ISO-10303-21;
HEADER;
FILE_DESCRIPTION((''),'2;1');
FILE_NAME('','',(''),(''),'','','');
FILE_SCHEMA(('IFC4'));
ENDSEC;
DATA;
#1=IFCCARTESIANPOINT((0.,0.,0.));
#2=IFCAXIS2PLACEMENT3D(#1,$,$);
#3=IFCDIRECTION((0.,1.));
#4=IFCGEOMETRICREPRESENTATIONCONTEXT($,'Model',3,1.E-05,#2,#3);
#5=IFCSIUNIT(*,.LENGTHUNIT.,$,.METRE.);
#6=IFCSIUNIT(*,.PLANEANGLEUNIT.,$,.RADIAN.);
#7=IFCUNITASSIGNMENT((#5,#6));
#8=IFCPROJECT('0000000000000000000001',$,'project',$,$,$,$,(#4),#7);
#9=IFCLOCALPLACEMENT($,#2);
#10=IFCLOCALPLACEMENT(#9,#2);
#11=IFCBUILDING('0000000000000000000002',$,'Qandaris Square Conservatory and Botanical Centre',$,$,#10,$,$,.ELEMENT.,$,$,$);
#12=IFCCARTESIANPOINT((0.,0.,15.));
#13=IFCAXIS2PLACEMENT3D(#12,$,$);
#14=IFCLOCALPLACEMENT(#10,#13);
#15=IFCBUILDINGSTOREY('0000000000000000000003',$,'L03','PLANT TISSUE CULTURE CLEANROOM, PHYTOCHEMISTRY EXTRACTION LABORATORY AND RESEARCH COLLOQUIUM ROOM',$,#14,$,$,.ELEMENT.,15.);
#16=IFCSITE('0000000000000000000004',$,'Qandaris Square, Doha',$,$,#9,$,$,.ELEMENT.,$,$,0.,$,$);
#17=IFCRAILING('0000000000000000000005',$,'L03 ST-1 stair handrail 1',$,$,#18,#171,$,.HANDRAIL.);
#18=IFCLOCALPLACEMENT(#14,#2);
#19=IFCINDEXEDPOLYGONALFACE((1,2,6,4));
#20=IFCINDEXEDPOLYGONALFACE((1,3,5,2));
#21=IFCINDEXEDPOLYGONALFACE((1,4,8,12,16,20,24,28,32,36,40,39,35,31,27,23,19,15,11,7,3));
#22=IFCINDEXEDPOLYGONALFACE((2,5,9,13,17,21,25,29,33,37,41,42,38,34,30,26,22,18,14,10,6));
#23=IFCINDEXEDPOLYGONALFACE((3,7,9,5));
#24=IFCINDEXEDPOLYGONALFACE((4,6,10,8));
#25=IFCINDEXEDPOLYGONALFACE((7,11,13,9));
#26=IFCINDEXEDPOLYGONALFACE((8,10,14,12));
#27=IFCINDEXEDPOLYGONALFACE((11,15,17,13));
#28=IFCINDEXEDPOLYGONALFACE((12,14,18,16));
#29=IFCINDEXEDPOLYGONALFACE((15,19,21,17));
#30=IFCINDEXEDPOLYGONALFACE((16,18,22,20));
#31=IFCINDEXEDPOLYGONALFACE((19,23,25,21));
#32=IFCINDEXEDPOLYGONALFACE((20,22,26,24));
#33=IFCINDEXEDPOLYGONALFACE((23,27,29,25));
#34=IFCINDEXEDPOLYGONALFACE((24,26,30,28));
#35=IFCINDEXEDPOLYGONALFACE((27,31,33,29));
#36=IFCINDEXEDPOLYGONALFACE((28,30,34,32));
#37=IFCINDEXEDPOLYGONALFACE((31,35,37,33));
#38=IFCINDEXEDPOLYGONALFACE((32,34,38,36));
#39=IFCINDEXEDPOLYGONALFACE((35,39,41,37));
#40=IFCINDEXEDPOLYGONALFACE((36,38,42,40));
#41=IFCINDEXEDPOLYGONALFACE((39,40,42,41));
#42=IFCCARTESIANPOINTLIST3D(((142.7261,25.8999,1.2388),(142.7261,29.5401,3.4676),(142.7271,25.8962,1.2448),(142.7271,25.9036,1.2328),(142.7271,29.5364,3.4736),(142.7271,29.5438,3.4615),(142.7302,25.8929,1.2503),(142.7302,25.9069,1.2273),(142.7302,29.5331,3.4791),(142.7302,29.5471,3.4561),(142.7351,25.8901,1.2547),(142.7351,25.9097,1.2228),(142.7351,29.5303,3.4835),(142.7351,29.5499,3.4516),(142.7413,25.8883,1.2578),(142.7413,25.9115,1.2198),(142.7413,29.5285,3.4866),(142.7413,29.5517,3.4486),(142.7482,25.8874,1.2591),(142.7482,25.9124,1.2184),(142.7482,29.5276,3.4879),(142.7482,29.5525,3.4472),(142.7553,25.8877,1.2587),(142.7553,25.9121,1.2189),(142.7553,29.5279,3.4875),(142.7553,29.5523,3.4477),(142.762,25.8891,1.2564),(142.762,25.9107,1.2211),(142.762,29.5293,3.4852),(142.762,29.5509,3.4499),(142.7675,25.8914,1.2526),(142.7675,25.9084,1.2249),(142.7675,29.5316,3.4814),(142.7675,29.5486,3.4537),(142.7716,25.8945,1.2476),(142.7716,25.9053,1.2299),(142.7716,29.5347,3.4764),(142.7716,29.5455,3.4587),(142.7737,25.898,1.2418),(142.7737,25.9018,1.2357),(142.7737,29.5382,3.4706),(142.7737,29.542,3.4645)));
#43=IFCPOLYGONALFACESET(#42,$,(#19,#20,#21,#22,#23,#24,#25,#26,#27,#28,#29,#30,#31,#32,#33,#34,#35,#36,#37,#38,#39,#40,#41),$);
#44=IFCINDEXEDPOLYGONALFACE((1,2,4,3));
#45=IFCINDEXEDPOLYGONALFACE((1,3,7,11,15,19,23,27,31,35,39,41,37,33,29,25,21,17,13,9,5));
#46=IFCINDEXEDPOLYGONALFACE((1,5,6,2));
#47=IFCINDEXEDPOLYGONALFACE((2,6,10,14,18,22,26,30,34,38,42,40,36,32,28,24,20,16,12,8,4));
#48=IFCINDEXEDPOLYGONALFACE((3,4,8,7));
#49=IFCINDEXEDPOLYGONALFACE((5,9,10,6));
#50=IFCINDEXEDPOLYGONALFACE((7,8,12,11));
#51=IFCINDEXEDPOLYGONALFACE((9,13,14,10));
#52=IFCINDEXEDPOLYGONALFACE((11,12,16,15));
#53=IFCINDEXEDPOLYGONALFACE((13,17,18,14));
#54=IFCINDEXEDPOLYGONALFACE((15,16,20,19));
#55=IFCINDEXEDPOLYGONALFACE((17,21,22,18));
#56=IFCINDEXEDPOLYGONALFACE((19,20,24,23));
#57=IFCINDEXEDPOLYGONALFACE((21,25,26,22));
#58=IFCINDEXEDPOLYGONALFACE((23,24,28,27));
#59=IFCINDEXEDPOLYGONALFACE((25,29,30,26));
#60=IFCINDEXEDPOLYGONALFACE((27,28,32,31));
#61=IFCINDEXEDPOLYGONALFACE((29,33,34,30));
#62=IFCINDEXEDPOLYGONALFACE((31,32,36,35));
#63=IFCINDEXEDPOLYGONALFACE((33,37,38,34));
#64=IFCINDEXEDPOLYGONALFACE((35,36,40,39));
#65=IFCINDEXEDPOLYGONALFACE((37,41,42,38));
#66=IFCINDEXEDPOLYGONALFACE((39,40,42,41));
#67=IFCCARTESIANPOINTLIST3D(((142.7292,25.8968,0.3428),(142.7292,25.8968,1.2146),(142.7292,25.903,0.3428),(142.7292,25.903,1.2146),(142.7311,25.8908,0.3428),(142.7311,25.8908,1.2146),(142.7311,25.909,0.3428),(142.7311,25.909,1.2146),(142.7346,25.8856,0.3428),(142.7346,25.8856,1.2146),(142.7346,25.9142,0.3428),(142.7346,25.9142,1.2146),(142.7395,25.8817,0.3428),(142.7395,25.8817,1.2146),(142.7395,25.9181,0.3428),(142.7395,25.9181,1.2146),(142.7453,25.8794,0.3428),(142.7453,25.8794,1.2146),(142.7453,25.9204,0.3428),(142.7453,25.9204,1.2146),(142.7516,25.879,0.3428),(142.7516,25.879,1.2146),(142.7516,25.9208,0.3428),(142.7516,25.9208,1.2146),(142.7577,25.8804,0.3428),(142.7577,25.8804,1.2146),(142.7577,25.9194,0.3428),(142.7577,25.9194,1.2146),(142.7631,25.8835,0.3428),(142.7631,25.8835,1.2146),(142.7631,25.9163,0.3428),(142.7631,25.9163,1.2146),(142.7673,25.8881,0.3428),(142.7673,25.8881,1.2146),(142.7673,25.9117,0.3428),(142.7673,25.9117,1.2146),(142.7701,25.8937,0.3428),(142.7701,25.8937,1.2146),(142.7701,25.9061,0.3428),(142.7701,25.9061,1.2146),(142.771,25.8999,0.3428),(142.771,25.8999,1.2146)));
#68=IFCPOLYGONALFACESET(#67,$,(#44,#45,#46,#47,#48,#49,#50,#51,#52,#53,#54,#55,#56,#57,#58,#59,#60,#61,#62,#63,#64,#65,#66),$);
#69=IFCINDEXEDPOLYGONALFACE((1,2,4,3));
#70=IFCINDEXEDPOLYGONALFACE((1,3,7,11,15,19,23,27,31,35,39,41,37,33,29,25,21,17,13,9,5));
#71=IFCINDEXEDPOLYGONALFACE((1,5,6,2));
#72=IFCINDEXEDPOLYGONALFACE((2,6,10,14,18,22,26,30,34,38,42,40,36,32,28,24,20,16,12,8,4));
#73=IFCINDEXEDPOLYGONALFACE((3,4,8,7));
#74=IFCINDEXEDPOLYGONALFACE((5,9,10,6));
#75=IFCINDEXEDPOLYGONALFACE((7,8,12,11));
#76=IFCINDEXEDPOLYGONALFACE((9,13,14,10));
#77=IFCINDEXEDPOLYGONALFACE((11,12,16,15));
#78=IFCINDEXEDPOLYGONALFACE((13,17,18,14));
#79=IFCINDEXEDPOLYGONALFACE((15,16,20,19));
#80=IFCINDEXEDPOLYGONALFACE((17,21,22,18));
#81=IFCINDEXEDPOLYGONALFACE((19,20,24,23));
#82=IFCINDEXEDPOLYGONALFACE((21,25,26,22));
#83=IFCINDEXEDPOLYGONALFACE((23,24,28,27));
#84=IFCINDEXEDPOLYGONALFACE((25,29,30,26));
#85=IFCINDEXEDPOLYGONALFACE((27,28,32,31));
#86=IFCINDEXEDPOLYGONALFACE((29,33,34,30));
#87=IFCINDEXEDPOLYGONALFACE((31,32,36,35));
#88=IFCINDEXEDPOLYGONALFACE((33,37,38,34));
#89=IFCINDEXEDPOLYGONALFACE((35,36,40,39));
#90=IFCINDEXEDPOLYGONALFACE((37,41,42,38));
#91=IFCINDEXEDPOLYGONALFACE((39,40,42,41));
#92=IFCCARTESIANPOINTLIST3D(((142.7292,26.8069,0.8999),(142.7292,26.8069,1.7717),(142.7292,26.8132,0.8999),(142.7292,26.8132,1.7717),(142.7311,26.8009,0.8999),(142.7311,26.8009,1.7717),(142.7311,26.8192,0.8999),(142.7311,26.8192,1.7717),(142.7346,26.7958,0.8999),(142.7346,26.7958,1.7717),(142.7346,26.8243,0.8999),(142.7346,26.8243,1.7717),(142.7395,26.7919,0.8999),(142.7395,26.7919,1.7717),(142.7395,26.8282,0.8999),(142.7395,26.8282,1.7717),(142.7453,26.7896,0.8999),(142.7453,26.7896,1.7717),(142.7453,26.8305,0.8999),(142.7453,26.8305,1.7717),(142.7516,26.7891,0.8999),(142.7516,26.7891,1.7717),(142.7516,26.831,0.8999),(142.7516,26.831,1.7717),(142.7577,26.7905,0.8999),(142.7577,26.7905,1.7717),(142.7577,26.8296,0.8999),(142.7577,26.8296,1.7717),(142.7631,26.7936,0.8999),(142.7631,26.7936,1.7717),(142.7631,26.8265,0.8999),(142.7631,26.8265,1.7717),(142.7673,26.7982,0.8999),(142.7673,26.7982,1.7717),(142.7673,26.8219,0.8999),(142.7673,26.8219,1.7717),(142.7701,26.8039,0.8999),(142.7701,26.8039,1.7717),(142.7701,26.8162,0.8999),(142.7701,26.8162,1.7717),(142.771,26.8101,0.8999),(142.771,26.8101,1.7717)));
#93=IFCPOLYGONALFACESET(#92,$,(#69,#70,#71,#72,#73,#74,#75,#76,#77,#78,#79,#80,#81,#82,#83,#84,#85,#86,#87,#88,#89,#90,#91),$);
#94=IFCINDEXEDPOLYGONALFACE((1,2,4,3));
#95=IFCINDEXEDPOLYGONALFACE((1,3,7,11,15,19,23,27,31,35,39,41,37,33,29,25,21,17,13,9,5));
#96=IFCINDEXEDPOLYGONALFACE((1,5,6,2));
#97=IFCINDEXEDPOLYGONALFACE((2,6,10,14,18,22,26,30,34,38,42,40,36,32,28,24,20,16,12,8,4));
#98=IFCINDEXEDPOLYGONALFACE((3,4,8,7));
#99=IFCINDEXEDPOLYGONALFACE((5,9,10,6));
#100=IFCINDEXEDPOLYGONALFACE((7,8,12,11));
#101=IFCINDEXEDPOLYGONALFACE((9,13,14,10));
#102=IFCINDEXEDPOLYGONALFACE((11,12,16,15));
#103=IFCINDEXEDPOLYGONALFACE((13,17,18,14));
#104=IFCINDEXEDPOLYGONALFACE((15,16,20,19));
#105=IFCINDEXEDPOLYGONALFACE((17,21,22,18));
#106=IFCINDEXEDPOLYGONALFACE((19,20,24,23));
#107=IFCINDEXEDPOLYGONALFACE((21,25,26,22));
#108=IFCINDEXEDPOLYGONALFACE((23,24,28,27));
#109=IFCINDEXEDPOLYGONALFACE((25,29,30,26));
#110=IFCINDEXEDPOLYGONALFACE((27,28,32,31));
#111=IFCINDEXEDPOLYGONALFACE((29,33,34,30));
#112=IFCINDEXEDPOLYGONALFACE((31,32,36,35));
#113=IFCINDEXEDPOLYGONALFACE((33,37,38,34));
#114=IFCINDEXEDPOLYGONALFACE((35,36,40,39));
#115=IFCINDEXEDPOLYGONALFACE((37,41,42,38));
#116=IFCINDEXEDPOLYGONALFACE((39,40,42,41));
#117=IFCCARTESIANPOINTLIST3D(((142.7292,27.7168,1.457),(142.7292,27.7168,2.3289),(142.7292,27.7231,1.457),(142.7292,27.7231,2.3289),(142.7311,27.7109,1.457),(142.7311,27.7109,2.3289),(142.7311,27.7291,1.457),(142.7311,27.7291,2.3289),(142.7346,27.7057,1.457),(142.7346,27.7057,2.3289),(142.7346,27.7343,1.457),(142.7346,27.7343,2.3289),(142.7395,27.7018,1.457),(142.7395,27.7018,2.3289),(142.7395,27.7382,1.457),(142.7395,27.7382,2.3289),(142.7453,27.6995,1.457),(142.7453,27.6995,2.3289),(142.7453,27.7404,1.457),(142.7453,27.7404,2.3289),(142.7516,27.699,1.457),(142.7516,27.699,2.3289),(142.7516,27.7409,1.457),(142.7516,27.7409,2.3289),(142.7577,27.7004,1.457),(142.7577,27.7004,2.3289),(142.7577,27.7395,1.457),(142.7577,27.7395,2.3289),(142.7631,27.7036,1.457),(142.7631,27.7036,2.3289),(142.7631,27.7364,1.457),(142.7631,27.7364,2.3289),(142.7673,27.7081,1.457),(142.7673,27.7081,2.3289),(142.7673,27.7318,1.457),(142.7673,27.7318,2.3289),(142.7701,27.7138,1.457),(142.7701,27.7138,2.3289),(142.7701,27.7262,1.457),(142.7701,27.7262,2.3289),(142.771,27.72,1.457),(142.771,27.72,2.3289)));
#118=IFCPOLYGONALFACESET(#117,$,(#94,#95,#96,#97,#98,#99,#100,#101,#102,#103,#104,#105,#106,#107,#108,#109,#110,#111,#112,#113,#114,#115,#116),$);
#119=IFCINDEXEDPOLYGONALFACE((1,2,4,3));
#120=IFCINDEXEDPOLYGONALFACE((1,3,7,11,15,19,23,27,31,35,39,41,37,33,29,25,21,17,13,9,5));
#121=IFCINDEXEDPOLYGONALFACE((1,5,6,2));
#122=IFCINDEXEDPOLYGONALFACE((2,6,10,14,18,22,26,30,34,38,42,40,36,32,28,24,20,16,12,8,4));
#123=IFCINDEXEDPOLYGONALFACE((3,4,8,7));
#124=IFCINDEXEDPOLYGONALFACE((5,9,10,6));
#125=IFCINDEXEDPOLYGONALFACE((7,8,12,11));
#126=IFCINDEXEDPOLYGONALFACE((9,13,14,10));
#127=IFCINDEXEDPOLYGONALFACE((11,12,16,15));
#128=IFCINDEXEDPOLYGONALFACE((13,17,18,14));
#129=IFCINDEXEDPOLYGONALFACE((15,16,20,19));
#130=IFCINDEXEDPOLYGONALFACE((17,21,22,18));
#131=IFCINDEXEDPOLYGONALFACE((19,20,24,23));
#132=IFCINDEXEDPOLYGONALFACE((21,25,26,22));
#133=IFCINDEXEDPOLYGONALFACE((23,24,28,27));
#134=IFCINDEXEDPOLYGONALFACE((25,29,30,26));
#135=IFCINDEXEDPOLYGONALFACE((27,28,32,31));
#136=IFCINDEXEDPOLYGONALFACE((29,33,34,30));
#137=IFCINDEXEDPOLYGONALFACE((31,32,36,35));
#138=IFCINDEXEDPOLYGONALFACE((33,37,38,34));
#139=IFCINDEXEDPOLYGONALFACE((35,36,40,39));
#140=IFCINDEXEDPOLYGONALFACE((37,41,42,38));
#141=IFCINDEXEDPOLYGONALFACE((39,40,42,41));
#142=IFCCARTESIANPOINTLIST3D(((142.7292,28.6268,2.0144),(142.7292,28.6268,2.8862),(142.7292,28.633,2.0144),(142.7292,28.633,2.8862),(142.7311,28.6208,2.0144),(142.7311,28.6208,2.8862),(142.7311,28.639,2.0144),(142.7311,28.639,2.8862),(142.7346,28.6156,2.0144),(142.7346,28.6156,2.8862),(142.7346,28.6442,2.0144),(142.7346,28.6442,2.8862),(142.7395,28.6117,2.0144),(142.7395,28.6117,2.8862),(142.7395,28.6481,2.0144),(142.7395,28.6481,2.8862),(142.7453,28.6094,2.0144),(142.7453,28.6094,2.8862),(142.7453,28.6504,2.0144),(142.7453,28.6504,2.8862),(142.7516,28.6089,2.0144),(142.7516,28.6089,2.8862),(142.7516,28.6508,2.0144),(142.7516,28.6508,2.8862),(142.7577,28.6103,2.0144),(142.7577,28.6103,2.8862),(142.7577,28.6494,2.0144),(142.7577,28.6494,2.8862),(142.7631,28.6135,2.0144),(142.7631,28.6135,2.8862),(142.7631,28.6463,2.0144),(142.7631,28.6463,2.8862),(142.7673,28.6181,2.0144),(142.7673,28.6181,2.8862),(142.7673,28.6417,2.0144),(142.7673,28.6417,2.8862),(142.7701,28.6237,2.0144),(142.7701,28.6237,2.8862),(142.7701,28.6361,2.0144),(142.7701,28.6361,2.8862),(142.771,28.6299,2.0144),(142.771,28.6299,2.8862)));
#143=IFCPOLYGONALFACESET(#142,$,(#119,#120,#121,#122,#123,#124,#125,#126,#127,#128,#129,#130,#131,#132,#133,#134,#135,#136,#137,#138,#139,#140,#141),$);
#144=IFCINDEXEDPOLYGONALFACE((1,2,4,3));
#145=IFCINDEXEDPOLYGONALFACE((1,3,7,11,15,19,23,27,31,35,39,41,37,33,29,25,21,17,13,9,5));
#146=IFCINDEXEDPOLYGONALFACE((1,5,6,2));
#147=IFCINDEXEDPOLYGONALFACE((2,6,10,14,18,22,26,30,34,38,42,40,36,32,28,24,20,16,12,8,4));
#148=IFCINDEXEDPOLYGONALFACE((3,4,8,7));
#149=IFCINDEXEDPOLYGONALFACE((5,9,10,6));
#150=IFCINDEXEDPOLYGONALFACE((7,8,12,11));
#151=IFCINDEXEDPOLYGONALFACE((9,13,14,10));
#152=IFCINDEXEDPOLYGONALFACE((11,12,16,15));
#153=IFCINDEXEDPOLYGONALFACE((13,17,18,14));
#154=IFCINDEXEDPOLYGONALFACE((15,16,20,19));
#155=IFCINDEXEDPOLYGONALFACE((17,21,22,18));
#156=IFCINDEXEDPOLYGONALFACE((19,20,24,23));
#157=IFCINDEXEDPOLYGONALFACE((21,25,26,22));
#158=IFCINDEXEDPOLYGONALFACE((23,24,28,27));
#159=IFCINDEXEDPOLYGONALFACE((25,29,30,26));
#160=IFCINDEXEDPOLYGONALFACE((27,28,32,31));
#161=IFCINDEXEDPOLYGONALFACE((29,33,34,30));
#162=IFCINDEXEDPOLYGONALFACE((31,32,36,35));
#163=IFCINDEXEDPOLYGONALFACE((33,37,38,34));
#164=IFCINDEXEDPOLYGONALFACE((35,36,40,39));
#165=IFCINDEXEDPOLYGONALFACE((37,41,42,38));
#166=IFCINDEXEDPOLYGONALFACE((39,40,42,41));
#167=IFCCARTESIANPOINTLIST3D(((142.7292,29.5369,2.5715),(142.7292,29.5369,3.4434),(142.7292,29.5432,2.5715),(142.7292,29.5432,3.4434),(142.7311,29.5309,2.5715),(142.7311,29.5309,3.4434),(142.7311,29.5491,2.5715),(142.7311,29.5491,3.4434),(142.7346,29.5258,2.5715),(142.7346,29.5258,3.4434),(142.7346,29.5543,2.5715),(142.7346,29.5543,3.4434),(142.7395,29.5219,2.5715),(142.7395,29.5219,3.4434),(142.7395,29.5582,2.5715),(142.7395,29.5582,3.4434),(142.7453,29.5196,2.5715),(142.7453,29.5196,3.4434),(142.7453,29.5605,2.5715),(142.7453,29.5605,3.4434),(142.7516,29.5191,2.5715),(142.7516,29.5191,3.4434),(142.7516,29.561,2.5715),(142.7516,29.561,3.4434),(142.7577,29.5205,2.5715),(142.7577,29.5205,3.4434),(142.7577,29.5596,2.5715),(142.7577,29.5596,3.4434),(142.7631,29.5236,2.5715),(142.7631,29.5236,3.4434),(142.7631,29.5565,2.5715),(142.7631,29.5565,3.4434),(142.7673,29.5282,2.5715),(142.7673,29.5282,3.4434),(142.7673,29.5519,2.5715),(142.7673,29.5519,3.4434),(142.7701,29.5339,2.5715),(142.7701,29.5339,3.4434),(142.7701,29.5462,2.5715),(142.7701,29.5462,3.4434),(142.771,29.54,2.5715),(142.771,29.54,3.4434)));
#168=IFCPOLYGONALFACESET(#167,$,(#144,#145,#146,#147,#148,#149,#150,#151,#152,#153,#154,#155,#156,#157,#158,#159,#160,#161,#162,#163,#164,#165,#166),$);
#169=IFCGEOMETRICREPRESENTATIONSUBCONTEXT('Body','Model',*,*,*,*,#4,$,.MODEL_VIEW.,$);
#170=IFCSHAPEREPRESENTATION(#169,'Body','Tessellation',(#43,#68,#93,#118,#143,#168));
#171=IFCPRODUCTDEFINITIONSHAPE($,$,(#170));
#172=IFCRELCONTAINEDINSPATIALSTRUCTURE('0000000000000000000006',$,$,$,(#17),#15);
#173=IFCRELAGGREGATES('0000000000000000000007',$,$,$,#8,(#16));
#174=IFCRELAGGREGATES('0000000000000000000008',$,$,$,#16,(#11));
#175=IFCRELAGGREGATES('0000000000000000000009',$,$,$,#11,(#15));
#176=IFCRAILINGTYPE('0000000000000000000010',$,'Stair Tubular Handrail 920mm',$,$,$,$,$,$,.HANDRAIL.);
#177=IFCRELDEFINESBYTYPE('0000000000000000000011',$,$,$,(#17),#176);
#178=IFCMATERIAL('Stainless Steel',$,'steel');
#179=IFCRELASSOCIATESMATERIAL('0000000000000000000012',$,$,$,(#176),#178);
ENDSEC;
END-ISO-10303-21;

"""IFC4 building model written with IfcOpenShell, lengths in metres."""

from ifc_helpers import new_model, si_unit, direction, frame, origin, origin_2d, place, context, subcontext, project, spatial, circle, extrude, material, type_object, element, save


model = new_model("IFC4")

# Units and contexts
model_context = context("Model", 3, precision=1e-05, world=origin(), true_north=direction((0.0, 1.0)))
body_context = subcontext(model_context, "Body", "Model", "MODEL_VIEW")
ifc_project = project(units=[si_unit("LENGTHUNIT", "METRE"), si_unit("PLANEANGLEUNIT", "RADIAN")], contexts=[model_context])

# Site, building, storey
site_placement = place(None, origin())
site = spatial("IfcSite", under=ifc_project, at=site_placement, Name="Qandaris Square, Doha", CompositionType="ELEMENT", RefElevation=0.0)
building_placement = place(site_placement, origin())
building = spatial("IfcBuilding", under=site, at=building_placement, Name="Qandaris Square Conservatory and Botanical Centre", CompositionType="ELEMENT")
storey_placement = place(building_placement, frame((0.0, 0.0, 15.0)))
storey = spatial("IfcBuildingStorey", under=building, at=storey_placement, Name="L03", Description="PLANT TISSUE CULTURE CLEANROOM, PHYTOCHEMISTRY EXTRACTION LABORATORY AND RESEARCH COLLOQUIUM ROOM", CompositionType="ELEMENT", Elevation=15.0)

# Railing
ifc_material_1 = material(Name="Stainless Steel", Category="steel")
railing_type_1 = type_object("IfcRailingType", Name="Stair Tubular Handrail 920mm", PredefinedType="HANDRAIL", material=ifc_material_1)
railing_1_placement = place(storey_placement, frame((142.75, 25.8999, 0.3428)))
element("IfcRailing", 1, at=railing_1_placement, inside=storey, type_object=railing_type_1, Name="L03 ST-1 stair handrail 1", PredefinedType="HANDRAIL", context=body_context, shape_type="SweptSolid", body=[
    extrude(circle(Radius=0.0239, at=origin_2d()), frame((0.0, 0.0, 0.896), z_axis=(0.0, 0.85284, 0.522172), x_axis=(-1.0, 0.0, 0.0)), (0.0, 0.0, 1.0), 4.2683),
    extrude(circle(Radius=0.021, at=origin_2d()), origin(), (0.0, 0.0, 1.0), 0.8718),
    extrude(circle(Radius=0.021, at=origin_2d()), frame((0.0, 0.9102, 0.5571)), (0.0, 0.0, 1.0), 0.8718),
    extrude(circle(Radius=0.021, at=origin_2d()), frame((0.0, 1.8201, 1.1143)), (0.0, 0.0, 1.0), 0.8718),
    extrude(circle(Radius=0.021, at=origin_2d()), frame((0.0, 2.73, 1.6716)), (0.0, 0.0, 1.0), 0.8718),
    extrude(circle(Radius=0.021, at=origin_2d()), frame((0.0, 3.6401, 2.2288)), (0.0, 0.0, 1.0), 0.8718),
])

save(model, "model.ifc")
